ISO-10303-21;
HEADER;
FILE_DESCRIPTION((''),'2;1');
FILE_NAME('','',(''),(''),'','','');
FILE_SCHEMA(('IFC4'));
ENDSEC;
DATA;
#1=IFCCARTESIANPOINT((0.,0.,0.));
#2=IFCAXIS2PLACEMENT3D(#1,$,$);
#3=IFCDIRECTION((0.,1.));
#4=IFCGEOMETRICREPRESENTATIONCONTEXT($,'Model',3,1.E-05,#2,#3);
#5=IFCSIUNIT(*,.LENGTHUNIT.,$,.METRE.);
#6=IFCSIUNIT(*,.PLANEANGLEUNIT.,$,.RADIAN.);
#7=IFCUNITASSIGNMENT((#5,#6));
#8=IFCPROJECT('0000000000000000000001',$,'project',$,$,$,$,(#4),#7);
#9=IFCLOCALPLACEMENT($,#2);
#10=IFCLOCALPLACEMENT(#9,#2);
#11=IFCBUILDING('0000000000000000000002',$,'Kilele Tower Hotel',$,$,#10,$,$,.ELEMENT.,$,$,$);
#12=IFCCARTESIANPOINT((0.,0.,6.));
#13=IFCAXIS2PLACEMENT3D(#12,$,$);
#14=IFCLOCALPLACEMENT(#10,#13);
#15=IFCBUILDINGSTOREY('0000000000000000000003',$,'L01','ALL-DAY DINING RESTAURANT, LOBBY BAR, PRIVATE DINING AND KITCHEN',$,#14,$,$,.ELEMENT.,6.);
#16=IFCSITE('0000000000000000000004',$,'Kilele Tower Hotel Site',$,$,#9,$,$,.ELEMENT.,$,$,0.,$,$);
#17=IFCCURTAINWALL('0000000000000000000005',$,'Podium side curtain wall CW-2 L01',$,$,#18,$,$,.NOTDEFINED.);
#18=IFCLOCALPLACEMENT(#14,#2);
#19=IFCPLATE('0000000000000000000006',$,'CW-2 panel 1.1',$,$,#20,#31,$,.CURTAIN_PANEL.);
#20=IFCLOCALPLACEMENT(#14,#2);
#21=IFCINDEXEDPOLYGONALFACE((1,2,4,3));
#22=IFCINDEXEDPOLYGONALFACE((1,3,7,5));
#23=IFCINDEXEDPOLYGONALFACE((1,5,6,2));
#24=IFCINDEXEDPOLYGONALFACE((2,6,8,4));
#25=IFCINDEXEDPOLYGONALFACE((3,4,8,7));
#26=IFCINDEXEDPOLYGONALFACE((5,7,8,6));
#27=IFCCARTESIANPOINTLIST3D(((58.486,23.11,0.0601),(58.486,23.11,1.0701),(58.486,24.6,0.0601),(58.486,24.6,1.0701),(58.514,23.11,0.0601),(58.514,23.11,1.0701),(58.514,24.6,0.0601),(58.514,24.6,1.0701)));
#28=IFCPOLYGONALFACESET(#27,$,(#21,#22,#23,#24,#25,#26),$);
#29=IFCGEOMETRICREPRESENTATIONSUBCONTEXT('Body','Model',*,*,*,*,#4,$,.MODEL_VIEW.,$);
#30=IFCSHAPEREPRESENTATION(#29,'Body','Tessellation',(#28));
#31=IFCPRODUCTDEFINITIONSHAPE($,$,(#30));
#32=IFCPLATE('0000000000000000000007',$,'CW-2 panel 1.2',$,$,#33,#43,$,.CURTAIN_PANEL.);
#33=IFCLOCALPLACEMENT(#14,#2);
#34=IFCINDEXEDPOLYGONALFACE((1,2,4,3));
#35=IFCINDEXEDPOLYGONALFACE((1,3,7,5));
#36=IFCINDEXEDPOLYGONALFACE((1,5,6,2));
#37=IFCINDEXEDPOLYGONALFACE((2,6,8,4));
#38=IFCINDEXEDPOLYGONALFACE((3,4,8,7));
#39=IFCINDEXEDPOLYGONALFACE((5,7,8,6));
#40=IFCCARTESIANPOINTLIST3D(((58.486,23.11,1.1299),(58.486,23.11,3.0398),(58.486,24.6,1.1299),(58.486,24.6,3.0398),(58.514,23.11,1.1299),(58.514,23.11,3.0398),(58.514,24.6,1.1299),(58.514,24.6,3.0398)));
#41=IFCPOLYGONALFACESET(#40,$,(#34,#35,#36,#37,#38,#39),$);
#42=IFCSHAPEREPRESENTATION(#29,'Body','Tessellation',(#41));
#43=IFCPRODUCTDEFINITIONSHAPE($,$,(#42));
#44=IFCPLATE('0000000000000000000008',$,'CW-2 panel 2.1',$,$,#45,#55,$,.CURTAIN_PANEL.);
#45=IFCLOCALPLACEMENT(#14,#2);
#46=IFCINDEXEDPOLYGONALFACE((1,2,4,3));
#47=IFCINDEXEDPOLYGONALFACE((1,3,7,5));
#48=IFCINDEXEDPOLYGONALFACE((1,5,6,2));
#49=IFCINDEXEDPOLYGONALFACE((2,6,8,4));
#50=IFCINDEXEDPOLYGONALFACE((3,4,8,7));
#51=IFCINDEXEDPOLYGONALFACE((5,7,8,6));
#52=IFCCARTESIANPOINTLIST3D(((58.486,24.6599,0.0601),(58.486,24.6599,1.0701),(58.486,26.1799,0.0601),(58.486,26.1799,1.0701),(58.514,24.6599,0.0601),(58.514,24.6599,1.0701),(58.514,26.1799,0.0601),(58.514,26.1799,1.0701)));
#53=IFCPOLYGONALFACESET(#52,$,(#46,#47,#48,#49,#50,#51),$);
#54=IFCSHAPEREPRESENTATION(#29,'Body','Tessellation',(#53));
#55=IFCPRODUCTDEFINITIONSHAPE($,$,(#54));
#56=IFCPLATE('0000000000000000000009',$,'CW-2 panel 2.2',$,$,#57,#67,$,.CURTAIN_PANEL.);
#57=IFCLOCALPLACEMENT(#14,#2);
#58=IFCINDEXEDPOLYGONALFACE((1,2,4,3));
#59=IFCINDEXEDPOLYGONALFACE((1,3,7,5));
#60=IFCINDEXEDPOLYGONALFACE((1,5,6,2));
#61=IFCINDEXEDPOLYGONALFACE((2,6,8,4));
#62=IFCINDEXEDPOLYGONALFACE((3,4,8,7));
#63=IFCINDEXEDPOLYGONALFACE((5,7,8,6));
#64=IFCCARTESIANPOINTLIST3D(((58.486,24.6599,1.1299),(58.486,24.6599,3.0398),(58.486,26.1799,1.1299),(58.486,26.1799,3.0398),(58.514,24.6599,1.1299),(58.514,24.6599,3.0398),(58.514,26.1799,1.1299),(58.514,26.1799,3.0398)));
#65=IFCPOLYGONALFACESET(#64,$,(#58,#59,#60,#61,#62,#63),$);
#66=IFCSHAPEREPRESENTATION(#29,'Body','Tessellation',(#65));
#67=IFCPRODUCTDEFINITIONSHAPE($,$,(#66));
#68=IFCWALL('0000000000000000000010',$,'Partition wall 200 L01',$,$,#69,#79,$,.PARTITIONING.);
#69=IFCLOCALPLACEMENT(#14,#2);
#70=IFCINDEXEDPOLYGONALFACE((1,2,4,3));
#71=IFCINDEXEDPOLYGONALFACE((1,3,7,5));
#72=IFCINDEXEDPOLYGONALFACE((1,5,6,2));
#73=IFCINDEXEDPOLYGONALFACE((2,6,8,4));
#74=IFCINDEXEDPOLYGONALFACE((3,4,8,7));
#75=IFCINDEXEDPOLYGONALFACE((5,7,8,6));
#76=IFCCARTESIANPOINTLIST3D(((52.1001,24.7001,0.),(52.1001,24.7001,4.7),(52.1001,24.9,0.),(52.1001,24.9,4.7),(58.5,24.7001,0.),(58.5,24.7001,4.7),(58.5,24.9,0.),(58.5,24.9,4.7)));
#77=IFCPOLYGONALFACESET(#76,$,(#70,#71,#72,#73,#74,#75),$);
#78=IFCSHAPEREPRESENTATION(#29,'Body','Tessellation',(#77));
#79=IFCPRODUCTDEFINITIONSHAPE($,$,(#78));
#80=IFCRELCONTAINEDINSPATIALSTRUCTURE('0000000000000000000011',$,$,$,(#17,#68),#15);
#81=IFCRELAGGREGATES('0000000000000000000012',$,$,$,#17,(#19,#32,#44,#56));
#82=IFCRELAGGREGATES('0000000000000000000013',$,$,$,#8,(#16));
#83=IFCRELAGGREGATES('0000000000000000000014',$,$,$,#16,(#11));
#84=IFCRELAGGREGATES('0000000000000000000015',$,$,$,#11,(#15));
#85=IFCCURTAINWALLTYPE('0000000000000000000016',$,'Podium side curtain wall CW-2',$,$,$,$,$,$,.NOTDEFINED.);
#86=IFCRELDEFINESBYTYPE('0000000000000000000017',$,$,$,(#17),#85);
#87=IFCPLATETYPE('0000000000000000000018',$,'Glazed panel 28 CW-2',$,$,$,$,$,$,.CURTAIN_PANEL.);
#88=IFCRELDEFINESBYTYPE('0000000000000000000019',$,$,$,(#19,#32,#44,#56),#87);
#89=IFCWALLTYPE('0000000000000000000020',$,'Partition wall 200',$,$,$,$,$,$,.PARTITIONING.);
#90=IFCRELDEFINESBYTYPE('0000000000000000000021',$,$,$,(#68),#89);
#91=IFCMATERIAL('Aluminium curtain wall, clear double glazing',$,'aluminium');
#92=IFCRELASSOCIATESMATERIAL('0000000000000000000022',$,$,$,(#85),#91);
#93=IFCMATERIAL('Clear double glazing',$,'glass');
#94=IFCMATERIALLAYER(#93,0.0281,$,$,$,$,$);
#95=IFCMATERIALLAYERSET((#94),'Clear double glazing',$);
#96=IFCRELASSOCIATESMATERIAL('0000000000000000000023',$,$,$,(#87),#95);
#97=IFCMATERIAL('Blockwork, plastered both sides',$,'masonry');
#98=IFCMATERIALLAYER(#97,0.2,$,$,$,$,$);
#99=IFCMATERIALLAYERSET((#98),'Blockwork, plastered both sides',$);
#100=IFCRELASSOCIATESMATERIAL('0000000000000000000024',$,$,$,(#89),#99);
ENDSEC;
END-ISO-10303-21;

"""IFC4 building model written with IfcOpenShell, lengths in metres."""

from ifc_helpers import new_model, si_unit, direction, frame, frame_2d, origin, origin_2d, place, context, subcontext, project, spatial, rectangle, extrude, material, layer, layer_set, type_object, element, aggregate, save


model = new_model("IFC4")

# Units and contexts
model_context = context("Model", 3, precision=1e-05, world=origin(), true_north=direction((0.0, 1.0)))
body_context = subcontext(model_context, "Body", "Model", "MODEL_VIEW")
ifc_project = project(units=[si_unit("LENGTHUNIT", "METRE"), si_unit("PLANEANGLEUNIT", "RADIAN")], contexts=[model_context])

# Site, building, storey
site_placement = place(None, origin())
site = spatial("IfcSite", under=ifc_project, at=site_placement, Name="Kilele Tower Hotel Site", CompositionType="ELEMENT", RefElevation=0.0)
building_placement = place(site_placement, origin())
building = spatial("IfcBuilding", under=site, at=building_placement, Name="Kilele Tower Hotel", CompositionType="ELEMENT")
storey_placement = place(building_placement, frame((0.0, 0.0, 6.0)))
storey = spatial("IfcBuildingStorey", under=building, at=storey_placement, Name="L01", Description="ALL-DAY DINING RESTAURANT, LOBBY BAR, PRIVATE DINING AND KITCHEN", CompositionType="ELEMENT", Elevation=6.0)

# Curtain wall
ifc_material_1 = material(Name="Aluminium curtain wall, clear double glazing", Category="aluminium")
curtain_wall_type = type_object("IfcCurtainWallType", Name="Podium side curtain wall CW-2", PredefinedType="NOTDEFINED", material=ifc_material_1)
curtain_wall_1_placement = place(storey_placement, origin())
curtain_wall_1 = element("IfcCurtainWall", 1, at=curtain_wall_1_placement, inside=storey, type_object=curtain_wall_type, Name="Podium side curtain wall CW-2 L01", PredefinedType="NOTDEFINED")

# Plates
ifc_material_2 = material(Name="Clear double glazing", Category="glass")
ifc_layer_1 = layer(ifc_material_2, 0.0281)
ifc_layer_set_1 = layer_set([ifc_layer_1], Name="Clear double glazing")
plate_type = type_object("IfcPlateType", Name="Glazed panel 28 CW-2", PredefinedType="CURTAIN_PANEL", material=ifc_layer_set_1)
plate_1_placement = place(storey_placement, frame((58.5, 23.855, 0.0601), z_axis=(0.0, 0.0, 1.0), x_axis=(0.0, 1.0, 0.0)))
plate_1 = element("IfcPlate", 2, at=plate_1_placement, type_object=plate_type, Name="CW-2 panel 1.1", PredefinedType="CURTAIN_PANEL", context=body_context, shape_type="SweptSolid", body=[
    extrude(rectangle(XDim=1.49, YDim=0.0281, at=origin_2d()), origin(), (0.0, 0.0, 1.0), 1.01),
])
plate_2_placement = place(storey_placement, frame((58.5, 23.855, 1.1299), z_axis=(0.0, 0.0, 1.0), x_axis=(0.0, 1.0, 0.0)))
plate_2 = element("IfcPlate", 3, at=plate_2_placement, type_object=plate_type, Name="CW-2 panel 1.2", PredefinedType="CURTAIN_PANEL", context=body_context, shape_type="SweptSolid", body=[
    extrude(rectangle(XDim=1.49, YDim=0.0281, at=origin_2d()), origin(), (0.0, 0.0, 1.0), 1.9099),
])
plate_3_placement = place(storey_placement, frame((58.5, 25.4199, 0.0601), z_axis=(0.0, 0.0, 1.0), x_axis=(0.0, 1.0, 0.0)))
plate_3 = element("IfcPlate", 4, at=plate_3_placement, type_object=plate_type, Name="CW-2 panel 2.1", PredefinedType="CURTAIN_PANEL", context=body_context, shape_type="SweptSolid", body=[
    extrude(rectangle(XDim=1.52, YDim=0.0281, at=origin_2d()), origin(), (0.0, 0.0, 1.0), 1.01),
])
plate_4_placement = place(storey_placement, frame((58.5, 25.4199, 1.1299), z_axis=(0.0, 0.0, 1.0), x_axis=(0.0, 1.0, 0.0)))
plate_4 = element("IfcPlate", 5, at=plate_4_placement, type_object=plate_type, Name="CW-2 panel 2.2", PredefinedType="CURTAIN_PANEL", context=body_context, shape_type="SweptSolid", body=[
    extrude(rectangle(XDim=1.52, YDim=0.0281, at=origin_2d()), origin(), (0.0, 0.0, 1.0), 1.9099),
])
aggregate(curtain_wall_1, [plate_1, plate_2, plate_3, plate_4])

# Wall
ifc_material_3 = material(Name="Blockwork, plastered both sides", Category="masonry")
ifc_layer_2 = layer(ifc_material_3, 0.2)
ifc_layer_set_2 = layer_set([ifc_layer_2], Name="Blockwork, plastered both sides")
wall_type = type_object("IfcWallType", Name="Partition wall 200", PredefinedType="PARTITIONING", material=ifc_layer_set_2)
wall_placement = place(storey_placement, frame((52.1001, 24.8, 0.0), z_axis=(0.0, 0.0, 1.0), x_axis=(1.0, 0.0, 0.0)))
element("IfcWall", 6, at=wall_placement, inside=storey, type_object=wall_type, Name="Partition wall 200 L01", PredefinedType="PARTITIONING", context=body_context, shape_type="SweptSolid", body=[
    extrude(rectangle(XDim=6.3999, YDim=0.2, at=frame_2d((3.2, 0.0))), origin(), (0.0, 0.0, 1.0), 4.7),
])

save(model, "model.ifc")
